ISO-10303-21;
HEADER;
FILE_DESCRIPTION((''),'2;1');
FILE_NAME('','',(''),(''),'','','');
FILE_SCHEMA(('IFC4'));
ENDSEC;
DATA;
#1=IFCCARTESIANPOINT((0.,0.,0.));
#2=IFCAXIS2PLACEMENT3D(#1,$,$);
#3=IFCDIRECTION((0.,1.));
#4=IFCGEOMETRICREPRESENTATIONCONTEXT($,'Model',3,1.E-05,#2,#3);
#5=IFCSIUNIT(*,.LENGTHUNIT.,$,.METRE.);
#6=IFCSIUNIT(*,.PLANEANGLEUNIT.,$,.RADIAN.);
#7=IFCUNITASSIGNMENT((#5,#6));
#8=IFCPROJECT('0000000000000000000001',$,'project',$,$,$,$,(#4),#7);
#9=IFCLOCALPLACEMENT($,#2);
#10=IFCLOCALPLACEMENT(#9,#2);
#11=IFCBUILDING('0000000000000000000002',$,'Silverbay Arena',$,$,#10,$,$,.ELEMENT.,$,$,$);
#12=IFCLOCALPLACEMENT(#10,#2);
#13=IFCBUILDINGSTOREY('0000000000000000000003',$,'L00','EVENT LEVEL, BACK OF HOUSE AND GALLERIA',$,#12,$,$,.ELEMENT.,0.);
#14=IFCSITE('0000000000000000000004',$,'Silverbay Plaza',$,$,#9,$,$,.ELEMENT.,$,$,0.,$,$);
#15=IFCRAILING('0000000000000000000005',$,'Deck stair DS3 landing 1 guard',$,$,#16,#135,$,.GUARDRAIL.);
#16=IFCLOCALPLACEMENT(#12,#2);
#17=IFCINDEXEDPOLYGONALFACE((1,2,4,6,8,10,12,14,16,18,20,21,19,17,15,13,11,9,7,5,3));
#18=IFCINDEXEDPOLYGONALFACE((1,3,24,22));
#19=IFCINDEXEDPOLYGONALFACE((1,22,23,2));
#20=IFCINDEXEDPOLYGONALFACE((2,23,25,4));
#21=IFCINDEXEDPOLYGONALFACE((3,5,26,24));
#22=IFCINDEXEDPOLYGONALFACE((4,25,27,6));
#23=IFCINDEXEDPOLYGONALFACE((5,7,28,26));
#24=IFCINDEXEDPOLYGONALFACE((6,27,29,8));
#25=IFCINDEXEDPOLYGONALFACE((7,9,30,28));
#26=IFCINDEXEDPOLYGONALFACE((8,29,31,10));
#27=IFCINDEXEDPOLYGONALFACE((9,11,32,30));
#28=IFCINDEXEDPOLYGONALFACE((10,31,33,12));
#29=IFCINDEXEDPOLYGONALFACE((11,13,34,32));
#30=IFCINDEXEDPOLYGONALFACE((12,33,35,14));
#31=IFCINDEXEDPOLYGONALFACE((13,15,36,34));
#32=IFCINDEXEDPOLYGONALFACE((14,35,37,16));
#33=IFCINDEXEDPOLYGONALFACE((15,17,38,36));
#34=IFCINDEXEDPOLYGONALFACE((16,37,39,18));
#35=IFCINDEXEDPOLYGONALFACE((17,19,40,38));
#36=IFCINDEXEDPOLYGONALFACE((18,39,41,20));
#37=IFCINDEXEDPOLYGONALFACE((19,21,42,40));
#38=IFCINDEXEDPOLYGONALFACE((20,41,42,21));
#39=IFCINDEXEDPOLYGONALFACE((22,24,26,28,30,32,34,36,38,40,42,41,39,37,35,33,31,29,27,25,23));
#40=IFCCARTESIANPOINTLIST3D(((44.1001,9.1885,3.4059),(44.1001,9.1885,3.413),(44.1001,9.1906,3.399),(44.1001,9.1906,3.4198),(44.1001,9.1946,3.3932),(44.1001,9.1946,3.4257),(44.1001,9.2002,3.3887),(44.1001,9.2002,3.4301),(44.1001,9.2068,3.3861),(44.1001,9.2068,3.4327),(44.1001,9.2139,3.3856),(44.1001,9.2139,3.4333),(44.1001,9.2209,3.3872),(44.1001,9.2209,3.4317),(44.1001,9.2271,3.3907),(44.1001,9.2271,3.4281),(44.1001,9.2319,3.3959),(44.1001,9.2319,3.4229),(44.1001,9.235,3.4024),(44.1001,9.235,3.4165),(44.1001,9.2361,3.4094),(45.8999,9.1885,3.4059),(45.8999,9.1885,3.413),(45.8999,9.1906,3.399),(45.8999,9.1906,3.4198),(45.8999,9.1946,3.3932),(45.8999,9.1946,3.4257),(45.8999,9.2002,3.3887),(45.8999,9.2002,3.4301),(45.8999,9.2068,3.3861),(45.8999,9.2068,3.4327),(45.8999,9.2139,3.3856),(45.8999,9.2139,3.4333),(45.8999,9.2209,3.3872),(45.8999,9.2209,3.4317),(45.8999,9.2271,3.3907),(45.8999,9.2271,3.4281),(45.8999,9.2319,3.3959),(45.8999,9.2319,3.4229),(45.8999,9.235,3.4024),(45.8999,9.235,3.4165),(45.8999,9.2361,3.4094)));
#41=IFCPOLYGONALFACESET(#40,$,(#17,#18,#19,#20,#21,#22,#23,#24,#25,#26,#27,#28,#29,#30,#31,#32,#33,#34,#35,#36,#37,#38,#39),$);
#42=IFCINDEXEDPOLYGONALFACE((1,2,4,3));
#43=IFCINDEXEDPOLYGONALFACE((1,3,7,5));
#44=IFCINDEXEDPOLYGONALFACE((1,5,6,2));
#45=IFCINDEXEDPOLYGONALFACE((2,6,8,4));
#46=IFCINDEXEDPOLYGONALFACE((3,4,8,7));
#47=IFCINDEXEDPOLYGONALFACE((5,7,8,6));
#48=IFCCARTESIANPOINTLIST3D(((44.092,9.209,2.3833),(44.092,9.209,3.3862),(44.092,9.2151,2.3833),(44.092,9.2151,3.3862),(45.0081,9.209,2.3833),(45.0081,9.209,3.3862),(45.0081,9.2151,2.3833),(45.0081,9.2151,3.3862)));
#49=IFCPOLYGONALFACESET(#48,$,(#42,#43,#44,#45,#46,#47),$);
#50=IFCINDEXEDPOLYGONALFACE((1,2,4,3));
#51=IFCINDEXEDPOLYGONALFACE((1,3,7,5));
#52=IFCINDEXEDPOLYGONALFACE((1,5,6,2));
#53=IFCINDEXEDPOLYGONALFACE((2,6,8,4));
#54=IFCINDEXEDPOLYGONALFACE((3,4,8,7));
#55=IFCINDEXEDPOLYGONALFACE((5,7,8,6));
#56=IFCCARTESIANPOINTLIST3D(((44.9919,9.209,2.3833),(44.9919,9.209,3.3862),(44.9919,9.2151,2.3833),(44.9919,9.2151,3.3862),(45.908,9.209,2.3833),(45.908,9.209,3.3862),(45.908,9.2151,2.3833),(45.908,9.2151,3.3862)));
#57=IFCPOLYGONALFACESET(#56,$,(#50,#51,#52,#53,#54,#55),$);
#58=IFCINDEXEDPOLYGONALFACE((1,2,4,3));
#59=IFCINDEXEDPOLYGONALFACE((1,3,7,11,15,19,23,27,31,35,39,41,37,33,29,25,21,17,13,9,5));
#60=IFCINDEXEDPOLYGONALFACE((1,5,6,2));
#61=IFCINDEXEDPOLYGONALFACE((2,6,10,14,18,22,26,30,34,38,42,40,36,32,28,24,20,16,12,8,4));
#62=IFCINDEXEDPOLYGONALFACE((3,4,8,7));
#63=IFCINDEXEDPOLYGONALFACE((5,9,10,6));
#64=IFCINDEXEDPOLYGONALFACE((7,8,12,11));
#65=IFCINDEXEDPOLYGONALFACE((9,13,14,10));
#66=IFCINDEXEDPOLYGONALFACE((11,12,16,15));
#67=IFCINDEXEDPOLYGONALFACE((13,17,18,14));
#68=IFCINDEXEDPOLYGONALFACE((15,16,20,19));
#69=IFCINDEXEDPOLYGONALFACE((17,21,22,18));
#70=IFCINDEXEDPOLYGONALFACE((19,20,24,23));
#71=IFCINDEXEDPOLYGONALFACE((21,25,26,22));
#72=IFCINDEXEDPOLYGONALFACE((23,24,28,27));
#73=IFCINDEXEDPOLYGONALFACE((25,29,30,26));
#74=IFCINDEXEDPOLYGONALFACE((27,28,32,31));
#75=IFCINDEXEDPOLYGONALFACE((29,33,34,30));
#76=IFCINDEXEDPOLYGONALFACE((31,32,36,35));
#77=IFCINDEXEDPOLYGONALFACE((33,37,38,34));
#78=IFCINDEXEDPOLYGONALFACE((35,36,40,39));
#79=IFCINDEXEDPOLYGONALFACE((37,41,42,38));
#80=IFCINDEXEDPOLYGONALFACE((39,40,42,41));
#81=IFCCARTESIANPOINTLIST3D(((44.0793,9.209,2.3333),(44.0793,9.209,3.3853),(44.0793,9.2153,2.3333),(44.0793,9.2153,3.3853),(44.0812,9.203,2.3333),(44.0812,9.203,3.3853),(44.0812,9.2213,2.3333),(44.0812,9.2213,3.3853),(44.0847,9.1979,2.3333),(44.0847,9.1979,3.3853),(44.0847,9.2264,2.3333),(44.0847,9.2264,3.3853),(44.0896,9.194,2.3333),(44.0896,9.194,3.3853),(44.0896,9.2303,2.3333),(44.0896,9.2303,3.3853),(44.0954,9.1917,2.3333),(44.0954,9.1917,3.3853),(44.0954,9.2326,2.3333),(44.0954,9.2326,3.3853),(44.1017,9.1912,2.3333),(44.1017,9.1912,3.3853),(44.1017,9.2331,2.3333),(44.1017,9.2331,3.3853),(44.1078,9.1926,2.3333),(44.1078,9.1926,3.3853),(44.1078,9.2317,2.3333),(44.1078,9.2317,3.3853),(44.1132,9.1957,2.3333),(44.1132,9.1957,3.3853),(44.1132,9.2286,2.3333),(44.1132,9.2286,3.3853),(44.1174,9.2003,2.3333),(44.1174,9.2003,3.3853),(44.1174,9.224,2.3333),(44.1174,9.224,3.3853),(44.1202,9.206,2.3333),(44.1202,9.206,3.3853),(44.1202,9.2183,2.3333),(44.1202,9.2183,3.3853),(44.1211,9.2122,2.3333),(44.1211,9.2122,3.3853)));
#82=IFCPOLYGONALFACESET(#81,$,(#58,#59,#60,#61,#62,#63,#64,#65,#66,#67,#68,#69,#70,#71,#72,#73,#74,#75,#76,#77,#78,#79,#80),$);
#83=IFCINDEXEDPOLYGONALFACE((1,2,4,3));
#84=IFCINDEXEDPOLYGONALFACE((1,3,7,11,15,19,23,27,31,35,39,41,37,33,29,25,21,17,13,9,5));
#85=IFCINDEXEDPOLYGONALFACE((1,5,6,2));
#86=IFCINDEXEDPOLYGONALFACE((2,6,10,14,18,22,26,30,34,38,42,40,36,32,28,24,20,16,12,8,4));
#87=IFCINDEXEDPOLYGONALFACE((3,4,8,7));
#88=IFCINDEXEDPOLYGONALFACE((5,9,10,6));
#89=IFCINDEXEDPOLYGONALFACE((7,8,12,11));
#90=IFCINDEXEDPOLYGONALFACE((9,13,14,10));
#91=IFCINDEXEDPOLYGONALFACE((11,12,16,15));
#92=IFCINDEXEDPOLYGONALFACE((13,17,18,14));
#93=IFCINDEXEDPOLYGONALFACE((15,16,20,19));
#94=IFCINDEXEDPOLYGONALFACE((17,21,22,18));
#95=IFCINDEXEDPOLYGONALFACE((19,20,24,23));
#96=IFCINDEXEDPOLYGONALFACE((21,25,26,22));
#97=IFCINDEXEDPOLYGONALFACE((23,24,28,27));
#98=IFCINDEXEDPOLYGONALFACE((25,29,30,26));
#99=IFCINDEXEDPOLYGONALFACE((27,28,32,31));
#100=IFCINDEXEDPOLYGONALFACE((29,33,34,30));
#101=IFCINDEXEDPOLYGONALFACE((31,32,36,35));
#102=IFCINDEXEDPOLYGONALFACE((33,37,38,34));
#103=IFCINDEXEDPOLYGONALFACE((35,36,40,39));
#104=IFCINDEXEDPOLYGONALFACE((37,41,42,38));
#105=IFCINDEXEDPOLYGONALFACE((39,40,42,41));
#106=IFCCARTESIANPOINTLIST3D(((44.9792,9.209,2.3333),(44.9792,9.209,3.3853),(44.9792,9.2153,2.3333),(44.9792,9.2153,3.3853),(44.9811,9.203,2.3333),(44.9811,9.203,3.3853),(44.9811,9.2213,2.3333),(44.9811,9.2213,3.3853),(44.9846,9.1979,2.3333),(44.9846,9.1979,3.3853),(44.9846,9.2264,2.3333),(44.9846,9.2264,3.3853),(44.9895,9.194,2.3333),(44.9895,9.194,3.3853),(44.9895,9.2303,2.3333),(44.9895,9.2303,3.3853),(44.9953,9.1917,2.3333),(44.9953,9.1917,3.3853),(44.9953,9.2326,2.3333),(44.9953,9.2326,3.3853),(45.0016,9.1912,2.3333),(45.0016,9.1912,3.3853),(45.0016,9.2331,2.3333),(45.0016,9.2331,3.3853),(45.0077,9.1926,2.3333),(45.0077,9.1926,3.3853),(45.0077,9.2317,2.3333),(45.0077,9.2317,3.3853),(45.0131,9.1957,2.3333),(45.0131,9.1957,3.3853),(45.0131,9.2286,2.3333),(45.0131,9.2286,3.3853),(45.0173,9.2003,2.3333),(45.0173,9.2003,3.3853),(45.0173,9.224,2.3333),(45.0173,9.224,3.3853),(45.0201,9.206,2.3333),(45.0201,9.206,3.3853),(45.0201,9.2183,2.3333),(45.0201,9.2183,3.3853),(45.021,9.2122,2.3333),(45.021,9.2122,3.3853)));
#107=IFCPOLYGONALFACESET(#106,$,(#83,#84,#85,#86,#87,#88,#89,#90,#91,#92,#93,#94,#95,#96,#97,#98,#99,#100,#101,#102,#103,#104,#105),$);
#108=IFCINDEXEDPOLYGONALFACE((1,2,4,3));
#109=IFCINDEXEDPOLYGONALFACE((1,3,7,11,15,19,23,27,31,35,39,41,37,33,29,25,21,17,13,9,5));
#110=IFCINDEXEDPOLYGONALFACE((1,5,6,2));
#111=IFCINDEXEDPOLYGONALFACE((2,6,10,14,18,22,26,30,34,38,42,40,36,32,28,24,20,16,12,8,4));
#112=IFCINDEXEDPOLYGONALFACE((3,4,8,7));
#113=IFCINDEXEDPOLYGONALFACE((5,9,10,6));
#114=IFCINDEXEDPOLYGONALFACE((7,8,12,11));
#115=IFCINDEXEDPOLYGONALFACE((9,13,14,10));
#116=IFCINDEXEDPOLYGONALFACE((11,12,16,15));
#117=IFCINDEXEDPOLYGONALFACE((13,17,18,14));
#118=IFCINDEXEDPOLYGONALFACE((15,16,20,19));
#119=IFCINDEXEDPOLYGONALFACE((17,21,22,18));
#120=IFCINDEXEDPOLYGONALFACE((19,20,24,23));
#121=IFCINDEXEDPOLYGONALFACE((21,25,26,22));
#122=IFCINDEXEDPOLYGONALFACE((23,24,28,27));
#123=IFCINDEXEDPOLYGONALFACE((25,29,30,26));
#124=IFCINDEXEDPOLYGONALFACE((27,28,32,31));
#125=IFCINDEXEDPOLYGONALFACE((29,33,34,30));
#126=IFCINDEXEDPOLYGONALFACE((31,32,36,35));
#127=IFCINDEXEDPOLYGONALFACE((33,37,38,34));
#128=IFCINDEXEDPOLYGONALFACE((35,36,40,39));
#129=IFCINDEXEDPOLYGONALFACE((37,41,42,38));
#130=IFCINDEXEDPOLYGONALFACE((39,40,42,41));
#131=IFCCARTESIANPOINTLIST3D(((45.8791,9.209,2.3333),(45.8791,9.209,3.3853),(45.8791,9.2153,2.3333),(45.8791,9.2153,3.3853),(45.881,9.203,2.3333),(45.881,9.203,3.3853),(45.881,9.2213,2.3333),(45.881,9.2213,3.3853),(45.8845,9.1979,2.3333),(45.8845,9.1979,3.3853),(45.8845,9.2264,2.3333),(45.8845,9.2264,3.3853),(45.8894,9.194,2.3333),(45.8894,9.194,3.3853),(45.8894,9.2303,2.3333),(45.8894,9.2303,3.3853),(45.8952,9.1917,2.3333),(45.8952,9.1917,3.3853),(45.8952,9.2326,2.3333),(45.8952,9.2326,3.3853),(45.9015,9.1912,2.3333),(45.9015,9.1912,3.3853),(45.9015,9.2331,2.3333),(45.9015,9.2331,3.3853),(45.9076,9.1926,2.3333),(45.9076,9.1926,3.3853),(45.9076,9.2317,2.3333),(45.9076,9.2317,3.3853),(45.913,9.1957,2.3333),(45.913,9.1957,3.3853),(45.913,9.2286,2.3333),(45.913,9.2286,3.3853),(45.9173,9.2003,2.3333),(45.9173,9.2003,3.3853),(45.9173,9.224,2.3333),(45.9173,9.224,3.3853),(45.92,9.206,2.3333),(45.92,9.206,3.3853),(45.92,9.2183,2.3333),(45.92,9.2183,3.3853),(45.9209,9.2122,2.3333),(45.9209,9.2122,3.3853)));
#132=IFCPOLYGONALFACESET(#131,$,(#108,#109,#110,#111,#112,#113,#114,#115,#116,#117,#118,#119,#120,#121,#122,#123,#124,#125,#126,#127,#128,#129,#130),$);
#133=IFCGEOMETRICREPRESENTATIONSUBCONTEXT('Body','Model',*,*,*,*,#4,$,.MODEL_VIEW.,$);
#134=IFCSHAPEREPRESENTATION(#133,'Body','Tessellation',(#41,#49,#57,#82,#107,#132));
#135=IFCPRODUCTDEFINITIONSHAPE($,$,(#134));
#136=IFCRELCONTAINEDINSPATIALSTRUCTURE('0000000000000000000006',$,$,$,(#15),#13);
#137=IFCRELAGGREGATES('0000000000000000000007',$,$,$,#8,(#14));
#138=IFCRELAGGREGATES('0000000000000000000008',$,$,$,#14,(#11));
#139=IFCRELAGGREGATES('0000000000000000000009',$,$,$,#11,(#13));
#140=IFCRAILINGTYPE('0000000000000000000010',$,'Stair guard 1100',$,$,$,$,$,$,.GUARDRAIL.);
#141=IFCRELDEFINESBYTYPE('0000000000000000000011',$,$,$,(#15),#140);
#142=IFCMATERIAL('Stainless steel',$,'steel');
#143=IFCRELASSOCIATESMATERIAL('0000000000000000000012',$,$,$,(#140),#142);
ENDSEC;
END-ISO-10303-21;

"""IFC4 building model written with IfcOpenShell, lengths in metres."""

from ifc_helpers import new_model, si_unit, direction, frame, origin, origin_2d, place, context, subcontext, project, spatial, polyline, circle, outline, extrude, material, type_object, element, save


model = new_model("IFC4")

# Units and contexts
model_context = context("Model", 3, precision=1e-05, world=origin(), true_north=direction((0.0, 1.0)))
body_context = subcontext(model_context, "Body", "Model", "MODEL_VIEW")
ifc_project = project(units=[si_unit("LENGTHUNIT", "METRE"), si_unit("PLANEANGLEUNIT", "RADIAN")], contexts=[model_context])

# Site, building, storey
site_placement = place(None, origin())
site = spatial("IfcSite", under=ifc_project, at=site_placement, Name="Silverbay Plaza", CompositionType="ELEMENT", RefElevation=0.0)
building_placement = place(site_placement, origin())
building = spatial("IfcBuilding", under=site, at=building_placement, Name="Silverbay Arena", CompositionType="ELEMENT")
storey_placement = place(building_placement, origin())
storey = spatial("IfcBuildingStorey", under=building, at=storey_placement, Name="L00", Description="EVENT LEVEL, BACK OF HOUSE AND GALLERIA", CompositionType="ELEMENT", Elevation=0.0)

# Railing
ifc_material_1 = material(Name="Stainless steel", Category="steel")
railing_type_1 = type_object("IfcRailingType", Name="Stair guard 1100", PredefinedType="GUARDRAIL", material=ifc_material_1)
for number, where, name in (
    (1, (44.1001, 9.2122, 2.3333), "Deck stair DS3 landing 1 guard"),
):
    element("IfcRailing", number, at=place(storey_placement, frame(where)), inside=storey, type_object=railing_type_1, Name=name, PredefinedType="GUARDRAIL", context=body_context, shape_type="SweptSolid", body=[
        extrude(circle(Radius=0.0239, at=origin_2d()), frame((0.0, 0.0, 1.0762), z_axis=(1.0, 0.0, 0.0), x_axis=(0.0, 1.0, 0.0)), (0.0, 0.0, 1.0), 1.7998),
        extrude(outline(polyline([(-0.0081, 0.05), (0.908, 0.05), (0.908, 1.053), (-0.0081, 1.053), (-0.0081, 0.05)])), frame((0.0, 0.0029, 0.0), z_axis=(0.0, -1.0, 0.0), x_axis=(1.0, 0.0, 0.0)), (0.0, 0.0, 1.0), 0.0061),
        extrude(outline(polyline([(-0.0081, 0.05), (0.908, 0.05), (0.908, 1.053), (-0.0081, 1.053), (-0.0081, 0.05)])), frame((0.8999, 0.0029, 0.0), z_axis=(0.0, -1.0, 0.0), x_axis=(1.0, 0.0, 0.0)), (0.0, 0.0, 1.0), 0.0061),
        extrude(circle(Radius=0.021, at=origin_2d()), origin(), (0.0, 0.0, 1.0), 1.052),
        extrude(circle(Radius=0.021, at=origin_2d()), frame((0.8999, 0.0, 0.0)), (0.0, 0.0, 1.0), 1.052),
        extrude(circle(Radius=0.021, at=origin_2d()), frame((1.7998, 0.0, 0.0)), (0.0, 0.0, 1.0), 1.052),
    ])

save(model, "model.ifc")
